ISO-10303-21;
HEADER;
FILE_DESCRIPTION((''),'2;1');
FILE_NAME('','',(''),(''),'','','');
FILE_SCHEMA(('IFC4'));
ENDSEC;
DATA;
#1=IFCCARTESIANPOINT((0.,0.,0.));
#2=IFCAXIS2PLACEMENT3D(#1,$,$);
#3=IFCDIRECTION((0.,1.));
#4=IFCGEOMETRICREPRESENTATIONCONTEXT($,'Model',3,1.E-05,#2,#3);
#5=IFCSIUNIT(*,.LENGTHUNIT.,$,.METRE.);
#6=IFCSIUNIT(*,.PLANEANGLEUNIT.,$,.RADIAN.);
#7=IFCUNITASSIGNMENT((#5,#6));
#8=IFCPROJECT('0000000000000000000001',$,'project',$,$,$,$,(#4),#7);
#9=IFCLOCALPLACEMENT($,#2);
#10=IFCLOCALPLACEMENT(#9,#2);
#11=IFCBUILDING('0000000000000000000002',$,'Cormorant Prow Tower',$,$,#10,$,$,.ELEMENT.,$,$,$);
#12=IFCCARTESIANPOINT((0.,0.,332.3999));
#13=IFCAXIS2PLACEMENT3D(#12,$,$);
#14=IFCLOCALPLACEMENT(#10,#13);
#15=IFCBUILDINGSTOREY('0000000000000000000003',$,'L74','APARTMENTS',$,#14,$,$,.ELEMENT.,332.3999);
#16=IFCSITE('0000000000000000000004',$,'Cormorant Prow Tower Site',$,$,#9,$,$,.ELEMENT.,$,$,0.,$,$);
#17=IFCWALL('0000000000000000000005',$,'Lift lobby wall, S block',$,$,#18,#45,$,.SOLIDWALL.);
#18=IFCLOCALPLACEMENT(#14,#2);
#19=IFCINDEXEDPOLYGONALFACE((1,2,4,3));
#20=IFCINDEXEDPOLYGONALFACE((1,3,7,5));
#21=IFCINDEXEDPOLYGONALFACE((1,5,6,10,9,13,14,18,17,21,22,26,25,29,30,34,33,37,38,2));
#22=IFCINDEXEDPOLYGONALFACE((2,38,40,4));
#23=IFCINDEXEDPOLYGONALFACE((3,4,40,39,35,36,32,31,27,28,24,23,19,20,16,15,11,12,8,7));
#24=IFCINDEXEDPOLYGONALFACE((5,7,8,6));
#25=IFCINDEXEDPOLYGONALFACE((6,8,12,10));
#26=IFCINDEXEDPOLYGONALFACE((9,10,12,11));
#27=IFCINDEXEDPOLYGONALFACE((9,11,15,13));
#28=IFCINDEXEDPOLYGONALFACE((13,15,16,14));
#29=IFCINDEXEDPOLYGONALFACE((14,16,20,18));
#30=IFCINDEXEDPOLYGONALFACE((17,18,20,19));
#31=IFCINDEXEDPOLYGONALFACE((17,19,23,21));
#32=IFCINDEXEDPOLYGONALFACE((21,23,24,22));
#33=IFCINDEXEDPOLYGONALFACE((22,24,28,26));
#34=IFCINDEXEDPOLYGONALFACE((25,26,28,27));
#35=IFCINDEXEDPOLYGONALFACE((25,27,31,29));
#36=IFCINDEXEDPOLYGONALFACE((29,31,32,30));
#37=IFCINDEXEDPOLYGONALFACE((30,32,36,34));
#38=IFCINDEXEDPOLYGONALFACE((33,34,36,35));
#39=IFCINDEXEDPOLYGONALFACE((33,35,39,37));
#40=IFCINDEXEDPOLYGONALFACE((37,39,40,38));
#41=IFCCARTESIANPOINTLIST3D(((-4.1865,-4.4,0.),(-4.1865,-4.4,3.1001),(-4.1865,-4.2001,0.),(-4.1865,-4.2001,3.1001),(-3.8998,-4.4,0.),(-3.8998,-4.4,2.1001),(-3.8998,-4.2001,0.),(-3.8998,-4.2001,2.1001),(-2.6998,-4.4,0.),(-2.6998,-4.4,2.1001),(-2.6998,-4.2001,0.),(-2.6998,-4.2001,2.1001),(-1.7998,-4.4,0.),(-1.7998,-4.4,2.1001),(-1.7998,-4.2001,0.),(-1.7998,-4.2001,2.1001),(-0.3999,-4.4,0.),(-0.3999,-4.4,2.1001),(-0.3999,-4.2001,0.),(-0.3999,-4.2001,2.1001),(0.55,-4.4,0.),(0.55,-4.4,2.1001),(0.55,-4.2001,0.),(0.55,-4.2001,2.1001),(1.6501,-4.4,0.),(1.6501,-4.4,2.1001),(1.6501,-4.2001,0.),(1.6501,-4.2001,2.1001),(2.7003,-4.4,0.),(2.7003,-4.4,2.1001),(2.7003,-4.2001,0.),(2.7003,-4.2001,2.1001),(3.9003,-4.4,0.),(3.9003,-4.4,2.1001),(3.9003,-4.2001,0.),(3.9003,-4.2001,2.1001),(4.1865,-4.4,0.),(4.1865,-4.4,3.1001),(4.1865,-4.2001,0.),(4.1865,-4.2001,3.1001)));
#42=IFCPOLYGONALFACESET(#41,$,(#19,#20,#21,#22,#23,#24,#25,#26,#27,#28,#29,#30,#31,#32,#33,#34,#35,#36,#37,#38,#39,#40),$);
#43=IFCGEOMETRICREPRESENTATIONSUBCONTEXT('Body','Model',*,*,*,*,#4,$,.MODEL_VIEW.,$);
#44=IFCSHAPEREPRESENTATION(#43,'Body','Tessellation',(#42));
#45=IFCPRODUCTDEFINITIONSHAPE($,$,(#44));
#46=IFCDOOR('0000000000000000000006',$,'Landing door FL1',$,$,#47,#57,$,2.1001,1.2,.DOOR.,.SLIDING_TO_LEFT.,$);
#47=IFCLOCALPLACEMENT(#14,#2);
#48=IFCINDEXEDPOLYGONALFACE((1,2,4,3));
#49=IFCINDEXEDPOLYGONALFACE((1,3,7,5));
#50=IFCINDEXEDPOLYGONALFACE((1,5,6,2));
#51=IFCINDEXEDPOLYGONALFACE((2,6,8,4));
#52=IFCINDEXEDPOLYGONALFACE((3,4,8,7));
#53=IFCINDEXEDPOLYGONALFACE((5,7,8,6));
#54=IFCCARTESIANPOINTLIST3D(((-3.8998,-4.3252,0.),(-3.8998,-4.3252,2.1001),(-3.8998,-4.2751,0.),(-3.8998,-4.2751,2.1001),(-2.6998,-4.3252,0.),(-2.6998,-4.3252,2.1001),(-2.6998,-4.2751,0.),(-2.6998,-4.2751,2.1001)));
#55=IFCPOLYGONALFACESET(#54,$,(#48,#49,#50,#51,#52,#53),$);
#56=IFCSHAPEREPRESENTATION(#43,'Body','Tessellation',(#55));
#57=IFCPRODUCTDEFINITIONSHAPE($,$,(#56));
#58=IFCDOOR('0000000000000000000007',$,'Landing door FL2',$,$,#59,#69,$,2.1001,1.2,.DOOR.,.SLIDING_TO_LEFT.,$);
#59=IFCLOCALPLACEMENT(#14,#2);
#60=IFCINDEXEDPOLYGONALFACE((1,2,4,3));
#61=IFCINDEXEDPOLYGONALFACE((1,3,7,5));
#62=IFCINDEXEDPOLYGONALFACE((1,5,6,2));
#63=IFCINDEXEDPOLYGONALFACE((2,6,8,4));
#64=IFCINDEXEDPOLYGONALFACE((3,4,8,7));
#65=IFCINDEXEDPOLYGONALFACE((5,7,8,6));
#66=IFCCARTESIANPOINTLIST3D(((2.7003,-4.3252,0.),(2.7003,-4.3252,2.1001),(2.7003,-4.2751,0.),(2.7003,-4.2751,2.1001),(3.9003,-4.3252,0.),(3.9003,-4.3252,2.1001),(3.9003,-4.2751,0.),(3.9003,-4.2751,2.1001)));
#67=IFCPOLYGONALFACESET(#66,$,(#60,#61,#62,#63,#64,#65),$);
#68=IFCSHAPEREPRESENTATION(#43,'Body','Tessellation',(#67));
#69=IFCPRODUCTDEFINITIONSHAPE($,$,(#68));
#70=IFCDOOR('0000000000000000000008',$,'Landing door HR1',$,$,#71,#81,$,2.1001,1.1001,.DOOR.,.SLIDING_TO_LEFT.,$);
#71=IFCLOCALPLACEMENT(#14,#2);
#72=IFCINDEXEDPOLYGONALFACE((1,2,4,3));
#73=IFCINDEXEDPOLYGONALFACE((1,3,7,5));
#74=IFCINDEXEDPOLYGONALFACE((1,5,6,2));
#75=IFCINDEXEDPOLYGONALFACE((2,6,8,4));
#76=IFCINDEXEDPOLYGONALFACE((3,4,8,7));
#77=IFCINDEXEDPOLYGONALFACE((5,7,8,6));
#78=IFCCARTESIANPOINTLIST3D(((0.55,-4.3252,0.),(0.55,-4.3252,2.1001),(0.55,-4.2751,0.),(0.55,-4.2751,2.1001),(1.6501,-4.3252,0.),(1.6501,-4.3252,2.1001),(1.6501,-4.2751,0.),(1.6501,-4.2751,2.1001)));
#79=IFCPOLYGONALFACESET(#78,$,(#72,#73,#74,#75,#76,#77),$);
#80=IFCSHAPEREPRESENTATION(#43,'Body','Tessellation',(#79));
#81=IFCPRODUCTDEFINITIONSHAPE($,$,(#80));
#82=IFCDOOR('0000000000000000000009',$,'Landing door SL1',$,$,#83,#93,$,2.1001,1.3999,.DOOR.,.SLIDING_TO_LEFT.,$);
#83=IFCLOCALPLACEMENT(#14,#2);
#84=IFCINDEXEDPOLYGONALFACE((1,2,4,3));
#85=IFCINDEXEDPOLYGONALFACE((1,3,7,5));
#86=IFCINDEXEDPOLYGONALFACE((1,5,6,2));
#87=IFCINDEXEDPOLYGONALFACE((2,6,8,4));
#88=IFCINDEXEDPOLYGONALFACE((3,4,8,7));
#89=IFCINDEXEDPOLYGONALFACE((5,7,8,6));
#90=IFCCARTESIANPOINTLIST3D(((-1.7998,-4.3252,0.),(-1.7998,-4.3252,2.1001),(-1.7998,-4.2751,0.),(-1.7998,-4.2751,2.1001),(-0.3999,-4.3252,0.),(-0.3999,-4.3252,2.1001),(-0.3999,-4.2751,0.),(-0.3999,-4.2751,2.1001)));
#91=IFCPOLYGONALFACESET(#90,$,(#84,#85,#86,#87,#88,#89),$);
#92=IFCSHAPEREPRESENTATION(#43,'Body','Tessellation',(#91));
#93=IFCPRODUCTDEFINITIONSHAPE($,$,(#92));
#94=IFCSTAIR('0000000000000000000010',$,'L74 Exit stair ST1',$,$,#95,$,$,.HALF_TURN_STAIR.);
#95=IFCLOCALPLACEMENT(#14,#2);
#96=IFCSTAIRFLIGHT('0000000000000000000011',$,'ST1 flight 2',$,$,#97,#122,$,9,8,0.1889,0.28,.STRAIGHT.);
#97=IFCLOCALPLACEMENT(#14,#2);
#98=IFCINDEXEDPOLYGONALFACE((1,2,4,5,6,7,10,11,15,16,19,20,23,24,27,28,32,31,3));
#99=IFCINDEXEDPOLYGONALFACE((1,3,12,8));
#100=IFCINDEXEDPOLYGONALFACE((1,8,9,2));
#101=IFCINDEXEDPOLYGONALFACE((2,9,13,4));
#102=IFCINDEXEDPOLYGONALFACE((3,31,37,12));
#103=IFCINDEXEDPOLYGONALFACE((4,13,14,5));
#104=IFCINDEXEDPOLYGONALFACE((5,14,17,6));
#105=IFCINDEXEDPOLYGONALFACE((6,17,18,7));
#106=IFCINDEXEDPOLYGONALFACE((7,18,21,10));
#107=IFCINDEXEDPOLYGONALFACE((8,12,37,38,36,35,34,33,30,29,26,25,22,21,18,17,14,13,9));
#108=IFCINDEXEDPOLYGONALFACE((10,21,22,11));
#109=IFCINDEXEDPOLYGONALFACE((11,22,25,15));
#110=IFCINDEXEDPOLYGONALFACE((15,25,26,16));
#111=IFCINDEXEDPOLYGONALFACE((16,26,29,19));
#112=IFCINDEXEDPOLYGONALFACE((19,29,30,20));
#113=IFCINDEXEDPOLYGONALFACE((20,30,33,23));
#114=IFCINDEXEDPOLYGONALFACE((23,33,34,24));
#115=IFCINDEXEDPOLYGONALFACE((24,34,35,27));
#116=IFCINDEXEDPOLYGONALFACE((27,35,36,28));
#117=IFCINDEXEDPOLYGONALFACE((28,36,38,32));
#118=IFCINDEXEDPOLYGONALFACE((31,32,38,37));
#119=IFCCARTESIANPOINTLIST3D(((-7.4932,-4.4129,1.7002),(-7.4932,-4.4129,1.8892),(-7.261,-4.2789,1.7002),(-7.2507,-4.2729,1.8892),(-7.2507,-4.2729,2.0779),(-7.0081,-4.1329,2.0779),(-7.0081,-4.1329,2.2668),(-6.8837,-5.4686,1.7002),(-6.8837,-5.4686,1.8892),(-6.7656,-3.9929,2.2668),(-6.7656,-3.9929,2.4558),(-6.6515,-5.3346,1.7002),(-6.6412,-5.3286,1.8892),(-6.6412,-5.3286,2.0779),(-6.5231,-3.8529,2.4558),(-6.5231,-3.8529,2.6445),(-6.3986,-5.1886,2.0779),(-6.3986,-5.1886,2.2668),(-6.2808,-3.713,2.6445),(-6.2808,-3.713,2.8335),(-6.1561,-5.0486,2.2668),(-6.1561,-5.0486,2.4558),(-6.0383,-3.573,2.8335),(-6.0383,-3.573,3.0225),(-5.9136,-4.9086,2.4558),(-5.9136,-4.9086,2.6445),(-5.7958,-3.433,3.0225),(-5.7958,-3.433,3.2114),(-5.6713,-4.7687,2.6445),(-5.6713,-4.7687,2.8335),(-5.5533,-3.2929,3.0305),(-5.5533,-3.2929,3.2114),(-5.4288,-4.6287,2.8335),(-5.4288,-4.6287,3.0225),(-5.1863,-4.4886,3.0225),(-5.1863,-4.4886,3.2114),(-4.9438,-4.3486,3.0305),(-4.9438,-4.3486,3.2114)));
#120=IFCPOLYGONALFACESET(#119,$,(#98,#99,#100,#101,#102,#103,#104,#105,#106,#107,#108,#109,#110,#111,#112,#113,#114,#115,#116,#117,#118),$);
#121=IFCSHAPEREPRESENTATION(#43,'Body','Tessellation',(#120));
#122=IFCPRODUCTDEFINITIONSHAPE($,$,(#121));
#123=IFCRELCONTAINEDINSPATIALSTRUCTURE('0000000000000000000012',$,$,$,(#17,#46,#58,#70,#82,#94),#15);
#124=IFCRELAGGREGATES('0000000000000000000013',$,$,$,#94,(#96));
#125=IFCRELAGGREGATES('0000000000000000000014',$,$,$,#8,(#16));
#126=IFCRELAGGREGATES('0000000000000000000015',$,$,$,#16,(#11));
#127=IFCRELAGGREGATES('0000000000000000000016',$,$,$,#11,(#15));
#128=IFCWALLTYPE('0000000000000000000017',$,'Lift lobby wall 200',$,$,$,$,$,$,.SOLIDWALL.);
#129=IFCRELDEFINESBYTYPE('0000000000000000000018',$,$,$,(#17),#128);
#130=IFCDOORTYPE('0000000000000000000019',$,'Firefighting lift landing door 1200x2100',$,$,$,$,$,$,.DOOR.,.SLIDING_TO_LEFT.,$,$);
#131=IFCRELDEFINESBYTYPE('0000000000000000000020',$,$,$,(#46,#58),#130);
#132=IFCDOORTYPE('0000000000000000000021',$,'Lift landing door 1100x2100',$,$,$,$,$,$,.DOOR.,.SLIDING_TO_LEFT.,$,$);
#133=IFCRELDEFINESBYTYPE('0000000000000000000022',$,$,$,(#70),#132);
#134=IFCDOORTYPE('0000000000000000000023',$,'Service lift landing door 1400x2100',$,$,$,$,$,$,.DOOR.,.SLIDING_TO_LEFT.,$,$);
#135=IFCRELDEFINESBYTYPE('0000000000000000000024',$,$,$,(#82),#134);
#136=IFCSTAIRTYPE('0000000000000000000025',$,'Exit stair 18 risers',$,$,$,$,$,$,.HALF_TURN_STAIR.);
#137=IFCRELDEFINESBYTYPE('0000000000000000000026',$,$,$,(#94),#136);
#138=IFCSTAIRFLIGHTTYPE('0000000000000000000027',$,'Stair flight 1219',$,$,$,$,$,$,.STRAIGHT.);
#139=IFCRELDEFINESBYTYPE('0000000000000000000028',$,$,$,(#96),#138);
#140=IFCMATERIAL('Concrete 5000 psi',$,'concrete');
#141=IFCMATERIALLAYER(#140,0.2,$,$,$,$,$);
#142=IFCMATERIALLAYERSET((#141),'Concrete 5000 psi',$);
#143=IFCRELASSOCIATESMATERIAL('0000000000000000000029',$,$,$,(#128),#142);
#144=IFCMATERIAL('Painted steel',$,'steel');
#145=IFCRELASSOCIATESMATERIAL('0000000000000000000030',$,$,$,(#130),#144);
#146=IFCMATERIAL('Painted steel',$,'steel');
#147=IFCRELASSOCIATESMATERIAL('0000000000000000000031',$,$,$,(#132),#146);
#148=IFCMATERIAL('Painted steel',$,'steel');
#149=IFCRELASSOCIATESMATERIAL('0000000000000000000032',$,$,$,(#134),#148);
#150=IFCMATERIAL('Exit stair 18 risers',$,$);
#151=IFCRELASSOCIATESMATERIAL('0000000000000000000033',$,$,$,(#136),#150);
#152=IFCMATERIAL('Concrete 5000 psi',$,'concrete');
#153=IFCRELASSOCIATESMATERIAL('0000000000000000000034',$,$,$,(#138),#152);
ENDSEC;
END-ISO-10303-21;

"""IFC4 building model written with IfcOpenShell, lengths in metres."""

from ifc_helpers import new_model, si_unit, direction, frame, frame_2d, origin, place, context, subcontext, project, spatial, polyline, rectangle, outline, extrude, material, layer, layer_set, type_object, element, fill, aggregate, save


model = new_model("IFC4")

# Units and contexts
model_context = context("Model", 3, precision=1e-05, world=origin(), true_north=direction((0.0, 1.0)))
body_context = subcontext(model_context, "Body", "Model", "MODEL_VIEW")
ifc_project = project(units=[si_unit("LENGTHUNIT", "METRE"), si_unit("PLANEANGLEUNIT", "RADIAN")], contexts=[model_context])

# Site, building, storey
site_placement = place(None, origin())
site = spatial("IfcSite", under=ifc_project, at=site_placement, Name="Cormorant Prow Tower Site", CompositionType="ELEMENT", RefElevation=0.0)
building_placement = place(site_placement, origin())
building = spatial("IfcBuilding", under=site, at=building_placement, Name="Cormorant Prow Tower", CompositionType="ELEMENT")
storey_placement = place(building_placement, frame((0.0, 0.0, 332.3999)))
storey = spatial("IfcBuildingStorey", under=building, at=storey_placement, Name="L74", Description="APARTMENTS", CompositionType="ELEMENT", Elevation=332.3999)

# Wall, openings, doors
ifc_material_1 = material(Name="Concrete 5000 psi", Category="concrete")
ifc_layer_1 = layer(ifc_material_1, 0.2)
ifc_layer_set_1 = layer_set([ifc_layer_1], Name="Concrete 5000 psi")
wall_type_1 = type_object("IfcWallType", Name="Lift lobby wall 200", PredefinedType="SOLIDWALL", material=ifc_layer_set_1)
wall_1_placement = place(storey_placement, frame((-4.1865, -4.3, 0.0), z_axis=(0.0, 0.0, 1.0), x_axis=(1.0, 0.0, 0.0)))
wall_1 = element("IfcWall", 1, at=wall_1_placement, inside=storey, type_object=wall_type_1, Name="Lift lobby wall, S block", PredefinedType="SOLIDWALL", context=body_context, shape_type="SweptSolid", body=[
    extrude(rectangle(XDim=8.373, YDim=0.2, at=frame_2d((4.1865, 0.0))), origin(), (0.0, 0.0, 1.0), 3.1001),
])
opening_1_placement = place(wall_1_placement, frame((0.2866, 0.0, 0.0)))
opening_1 = element("IfcOpeningElement", 2, at=opening_1_placement, cuts=wall_1, PredefinedType="OPENING", context=body_context, shape_type="SweptSolid", body=[
    extrude(rectangle(XDim=1.2, YDim=2.1001, at=frame_2d((0.6001, 1.05))), frame((0.0, 0.1099, 0.0), z_axis=(0.0, -1.0, 0.0), x_axis=(1.0, 0.0, 0.0)), (0.0, 0.0, 1.0), 0.22),
])
opening_2_placement = place(wall_1_placement, frame((2.3867, 0.0, 0.0)))
opening_2 = element("IfcOpeningElement", 3, at=opening_2_placement, cuts=wall_1, PredefinedType="OPENING", context=body_context, shape_type="SweptSolid", body=[
    extrude(rectangle(XDim=1.3999, YDim=2.1001, at=frame_2d((0.7, 1.05))), frame((0.0, 0.1099, 0.0), z_axis=(0.0, -1.0, 0.0), x_axis=(1.0, 0.0, 0.0)), (0.0, 0.0, 1.0), 0.22),
])
opening_3_placement = place(wall_1_placement, frame((4.7366, 0.0, 0.0)))
opening_3 = element("IfcOpeningElement", 4, at=opening_3_placement, cuts=wall_1, PredefinedType="OPENING", context=body_context, shape_type="SweptSolid", body=[
    extrude(rectangle(XDim=1.1001, YDim=2.1001, at=frame_2d((0.55, 1.05))), frame((0.0, 0.1099, 0.0), z_axis=(0.0, -1.0, 0.0), x_axis=(1.0, 0.0, 0.0)), (0.0, 0.0, 1.0), 0.22),
])
opening_4_placement = place(wall_1_placement, frame((6.8867, 0.0, 0.0)))
opening_4 = element("IfcOpeningElement", 5, at=opening_4_placement, cuts=wall_1, PredefinedType="OPENING", context=body_context, shape_type="SweptSolid", body=[
    extrude(rectangle(XDim=1.2, YDim=2.1001, at=frame_2d((0.6001, 1.05))), frame((0.0, 0.1099, 0.0), z_axis=(0.0, -1.0, 0.0), x_axis=(1.0, 0.0, 0.0)), (0.0, 0.0, 1.0), 0.22),
])
ifc_material_2 = material(Name="Painted steel", Category="steel")
door_type_1 = type_object("IfcDoorType", Name="Firefighting lift landing door 1200x2100", OperationType="SLIDING_TO_LEFT", PredefinedType="DOOR", material=ifc_material_2)
door_1_placement = place(opening_1_placement, origin())
door_1 = element("IfcDoor", 6, at=door_1_placement, inside=storey, type_object=door_type_1, Name="Landing door FL1", OperationType="SLIDING_TO_LEFT", OverallHeight=2.1001, OverallWidth=1.2, PredefinedType="DOOR", context=body_context, shape_type="SweptSolid", body=[
    extrude(rectangle(XDim=1.2, YDim=2.1001, at=frame_2d((0.6001, 1.05))), frame((0.0, 0.0249, 0.0), z_axis=(0.0, -1.0, 0.0), x_axis=(1.0, 0.0, 0.0)), (0.0, 0.0, 1.0), 0.05),
])
fill(opening_1, door_1)
door_2_placement = place(opening_4_placement, origin())
door_2 = element("IfcDoor", 7, at=door_2_placement, inside=storey, type_object=door_type_1, Name="Landing door FL2", OperationType="SLIDING_TO_LEFT", OverallHeight=2.1001, OverallWidth=1.2, PredefinedType="DOOR", context=body_context, shape_type="SweptSolid", body=[
    extrude(rectangle(XDim=1.2, YDim=2.1001, at=frame_2d((0.6001, 1.05))), frame((0.0, 0.0249, 0.0), z_axis=(0.0, -1.0, 0.0), x_axis=(1.0, 0.0, 0.0)), (0.0, 0.0, 1.0), 0.05),
])
fill(opening_4, door_2)
ifc_material_3 = material(Name="Painted steel", Category="steel")
door_type_2 = type_object("IfcDoorType", Name="Lift landing door 1100x2100", OperationType="SLIDING_TO_LEFT", PredefinedType="DOOR", material=ifc_material_3)
door_3_placement = place(opening_3_placement, origin())
door_3 = element("IfcDoor", 8, at=door_3_placement, inside=storey, type_object=door_type_2, Name="Landing door HR1", OperationType="SLIDING_TO_LEFT", OverallHeight=2.1001, OverallWidth=1.1001, PredefinedType="DOOR", context=body_context, shape_type="SweptSolid", body=[
    extrude(rectangle(XDim=1.1001, YDim=2.1001, at=frame_2d((0.55, 1.05))), frame((0.0, 0.0249, 0.0), z_axis=(0.0, -1.0, 0.0), x_axis=(1.0, 0.0, 0.0)), (0.0, 0.0, 1.0), 0.05),
])
fill(opening_3, door_3)
ifc_material_4 = material(Name="Painted steel", Category="steel")
door_type_3 = type_object("IfcDoorType", Name="Service lift landing door 1400x2100", OperationType="SLIDING_TO_LEFT", PredefinedType="DOOR", material=ifc_material_4)
door_4_placement = place(opening_2_placement, origin())
door_4 = element("IfcDoor", 9, at=door_4_placement, inside=storey, type_object=door_type_3, Name="Landing door SL1", OperationType="SLIDING_TO_LEFT", OverallHeight=2.1001, OverallWidth=1.3999, PredefinedType="DOOR", context=body_context, shape_type="SweptSolid", body=[
    extrude(rectangle(XDim=1.3999, YDim=2.1001, at=frame_2d((0.7, 1.05))), frame((0.0, 0.0249, 0.0), z_axis=(0.0, -1.0, 0.0), x_axis=(1.0, 0.0, 0.0)), (0.0, 0.0, 1.0), 0.05),
])
fill(opening_2, door_4)

# Stair, stair flight
ifc_material_5 = material(Name="Exit stair 18 risers")
stair_type = type_object("IfcStairType", Name="Exit stair 18 risers", PredefinedType="HALF_TURN_STAIR", material=ifc_material_5)
stair_placement = place(storey_placement, origin())
stair = element("IfcStair", 10, at=stair_placement, inside=storey, type_object=stair_type, Name="L74 Exit stair ST1", PredefinedType="HALF_TURN_STAIR")
ifc_material_6 = material(Name="Concrete 5000 psi", Category="concrete")
stair_flight_type = type_object("IfcStairFlightType", Name="Stair flight 1219", PredefinedType="STRAIGHT", material=ifc_material_6)
stair_flight_placement = place(storey_placement, frame((-7.1885, -4.9407, 1.7002), z_axis=(0.0, 0.0, 1.0), x_axis=(0.866025, 0.5, 0.0)))
stair_flight = element("IfcStairFlight", 11, at=stair_flight_placement, type_object=stair_flight_type, Name="ST1 flight 2", NumberOfRisers=9, NumberOfTreads=8, PredefinedType="STRAIGHT", RiserHeight=0.1889, TreadLength=0.28, context=body_context, shape_type="SweptSolid", body=[
    extrude(outline(polyline([(0.0, 0.0), (0.0, 0.189), (0.28, 0.189), (0.28, 0.3777), (0.5601, 0.3777), (0.5601, 0.5667), (0.8401, 0.5667), (0.8401, 0.7556), (1.1201, 0.7556), (1.1201, 0.9443), (1.3999, 0.9443), (1.3999, 1.1333), (1.6799, 1.1333), (1.6799, 1.3223), (1.96, 1.3223), (1.96, 1.5112), (2.24, 1.5112), (2.24, 1.7), (2.24, 1.3303), (0.2681, 0.0), (0.0, 0.0)])), frame((0.0, 0.6094, 0.0), z_axis=(0.0, -1.0, 0.0), x_axis=(1.0, 0.0, 0.0)), (0.0, 0.0, 1.0), 1.219),
])
aggregate(stair, [stair_flight])

save(model, "model.ifc")
